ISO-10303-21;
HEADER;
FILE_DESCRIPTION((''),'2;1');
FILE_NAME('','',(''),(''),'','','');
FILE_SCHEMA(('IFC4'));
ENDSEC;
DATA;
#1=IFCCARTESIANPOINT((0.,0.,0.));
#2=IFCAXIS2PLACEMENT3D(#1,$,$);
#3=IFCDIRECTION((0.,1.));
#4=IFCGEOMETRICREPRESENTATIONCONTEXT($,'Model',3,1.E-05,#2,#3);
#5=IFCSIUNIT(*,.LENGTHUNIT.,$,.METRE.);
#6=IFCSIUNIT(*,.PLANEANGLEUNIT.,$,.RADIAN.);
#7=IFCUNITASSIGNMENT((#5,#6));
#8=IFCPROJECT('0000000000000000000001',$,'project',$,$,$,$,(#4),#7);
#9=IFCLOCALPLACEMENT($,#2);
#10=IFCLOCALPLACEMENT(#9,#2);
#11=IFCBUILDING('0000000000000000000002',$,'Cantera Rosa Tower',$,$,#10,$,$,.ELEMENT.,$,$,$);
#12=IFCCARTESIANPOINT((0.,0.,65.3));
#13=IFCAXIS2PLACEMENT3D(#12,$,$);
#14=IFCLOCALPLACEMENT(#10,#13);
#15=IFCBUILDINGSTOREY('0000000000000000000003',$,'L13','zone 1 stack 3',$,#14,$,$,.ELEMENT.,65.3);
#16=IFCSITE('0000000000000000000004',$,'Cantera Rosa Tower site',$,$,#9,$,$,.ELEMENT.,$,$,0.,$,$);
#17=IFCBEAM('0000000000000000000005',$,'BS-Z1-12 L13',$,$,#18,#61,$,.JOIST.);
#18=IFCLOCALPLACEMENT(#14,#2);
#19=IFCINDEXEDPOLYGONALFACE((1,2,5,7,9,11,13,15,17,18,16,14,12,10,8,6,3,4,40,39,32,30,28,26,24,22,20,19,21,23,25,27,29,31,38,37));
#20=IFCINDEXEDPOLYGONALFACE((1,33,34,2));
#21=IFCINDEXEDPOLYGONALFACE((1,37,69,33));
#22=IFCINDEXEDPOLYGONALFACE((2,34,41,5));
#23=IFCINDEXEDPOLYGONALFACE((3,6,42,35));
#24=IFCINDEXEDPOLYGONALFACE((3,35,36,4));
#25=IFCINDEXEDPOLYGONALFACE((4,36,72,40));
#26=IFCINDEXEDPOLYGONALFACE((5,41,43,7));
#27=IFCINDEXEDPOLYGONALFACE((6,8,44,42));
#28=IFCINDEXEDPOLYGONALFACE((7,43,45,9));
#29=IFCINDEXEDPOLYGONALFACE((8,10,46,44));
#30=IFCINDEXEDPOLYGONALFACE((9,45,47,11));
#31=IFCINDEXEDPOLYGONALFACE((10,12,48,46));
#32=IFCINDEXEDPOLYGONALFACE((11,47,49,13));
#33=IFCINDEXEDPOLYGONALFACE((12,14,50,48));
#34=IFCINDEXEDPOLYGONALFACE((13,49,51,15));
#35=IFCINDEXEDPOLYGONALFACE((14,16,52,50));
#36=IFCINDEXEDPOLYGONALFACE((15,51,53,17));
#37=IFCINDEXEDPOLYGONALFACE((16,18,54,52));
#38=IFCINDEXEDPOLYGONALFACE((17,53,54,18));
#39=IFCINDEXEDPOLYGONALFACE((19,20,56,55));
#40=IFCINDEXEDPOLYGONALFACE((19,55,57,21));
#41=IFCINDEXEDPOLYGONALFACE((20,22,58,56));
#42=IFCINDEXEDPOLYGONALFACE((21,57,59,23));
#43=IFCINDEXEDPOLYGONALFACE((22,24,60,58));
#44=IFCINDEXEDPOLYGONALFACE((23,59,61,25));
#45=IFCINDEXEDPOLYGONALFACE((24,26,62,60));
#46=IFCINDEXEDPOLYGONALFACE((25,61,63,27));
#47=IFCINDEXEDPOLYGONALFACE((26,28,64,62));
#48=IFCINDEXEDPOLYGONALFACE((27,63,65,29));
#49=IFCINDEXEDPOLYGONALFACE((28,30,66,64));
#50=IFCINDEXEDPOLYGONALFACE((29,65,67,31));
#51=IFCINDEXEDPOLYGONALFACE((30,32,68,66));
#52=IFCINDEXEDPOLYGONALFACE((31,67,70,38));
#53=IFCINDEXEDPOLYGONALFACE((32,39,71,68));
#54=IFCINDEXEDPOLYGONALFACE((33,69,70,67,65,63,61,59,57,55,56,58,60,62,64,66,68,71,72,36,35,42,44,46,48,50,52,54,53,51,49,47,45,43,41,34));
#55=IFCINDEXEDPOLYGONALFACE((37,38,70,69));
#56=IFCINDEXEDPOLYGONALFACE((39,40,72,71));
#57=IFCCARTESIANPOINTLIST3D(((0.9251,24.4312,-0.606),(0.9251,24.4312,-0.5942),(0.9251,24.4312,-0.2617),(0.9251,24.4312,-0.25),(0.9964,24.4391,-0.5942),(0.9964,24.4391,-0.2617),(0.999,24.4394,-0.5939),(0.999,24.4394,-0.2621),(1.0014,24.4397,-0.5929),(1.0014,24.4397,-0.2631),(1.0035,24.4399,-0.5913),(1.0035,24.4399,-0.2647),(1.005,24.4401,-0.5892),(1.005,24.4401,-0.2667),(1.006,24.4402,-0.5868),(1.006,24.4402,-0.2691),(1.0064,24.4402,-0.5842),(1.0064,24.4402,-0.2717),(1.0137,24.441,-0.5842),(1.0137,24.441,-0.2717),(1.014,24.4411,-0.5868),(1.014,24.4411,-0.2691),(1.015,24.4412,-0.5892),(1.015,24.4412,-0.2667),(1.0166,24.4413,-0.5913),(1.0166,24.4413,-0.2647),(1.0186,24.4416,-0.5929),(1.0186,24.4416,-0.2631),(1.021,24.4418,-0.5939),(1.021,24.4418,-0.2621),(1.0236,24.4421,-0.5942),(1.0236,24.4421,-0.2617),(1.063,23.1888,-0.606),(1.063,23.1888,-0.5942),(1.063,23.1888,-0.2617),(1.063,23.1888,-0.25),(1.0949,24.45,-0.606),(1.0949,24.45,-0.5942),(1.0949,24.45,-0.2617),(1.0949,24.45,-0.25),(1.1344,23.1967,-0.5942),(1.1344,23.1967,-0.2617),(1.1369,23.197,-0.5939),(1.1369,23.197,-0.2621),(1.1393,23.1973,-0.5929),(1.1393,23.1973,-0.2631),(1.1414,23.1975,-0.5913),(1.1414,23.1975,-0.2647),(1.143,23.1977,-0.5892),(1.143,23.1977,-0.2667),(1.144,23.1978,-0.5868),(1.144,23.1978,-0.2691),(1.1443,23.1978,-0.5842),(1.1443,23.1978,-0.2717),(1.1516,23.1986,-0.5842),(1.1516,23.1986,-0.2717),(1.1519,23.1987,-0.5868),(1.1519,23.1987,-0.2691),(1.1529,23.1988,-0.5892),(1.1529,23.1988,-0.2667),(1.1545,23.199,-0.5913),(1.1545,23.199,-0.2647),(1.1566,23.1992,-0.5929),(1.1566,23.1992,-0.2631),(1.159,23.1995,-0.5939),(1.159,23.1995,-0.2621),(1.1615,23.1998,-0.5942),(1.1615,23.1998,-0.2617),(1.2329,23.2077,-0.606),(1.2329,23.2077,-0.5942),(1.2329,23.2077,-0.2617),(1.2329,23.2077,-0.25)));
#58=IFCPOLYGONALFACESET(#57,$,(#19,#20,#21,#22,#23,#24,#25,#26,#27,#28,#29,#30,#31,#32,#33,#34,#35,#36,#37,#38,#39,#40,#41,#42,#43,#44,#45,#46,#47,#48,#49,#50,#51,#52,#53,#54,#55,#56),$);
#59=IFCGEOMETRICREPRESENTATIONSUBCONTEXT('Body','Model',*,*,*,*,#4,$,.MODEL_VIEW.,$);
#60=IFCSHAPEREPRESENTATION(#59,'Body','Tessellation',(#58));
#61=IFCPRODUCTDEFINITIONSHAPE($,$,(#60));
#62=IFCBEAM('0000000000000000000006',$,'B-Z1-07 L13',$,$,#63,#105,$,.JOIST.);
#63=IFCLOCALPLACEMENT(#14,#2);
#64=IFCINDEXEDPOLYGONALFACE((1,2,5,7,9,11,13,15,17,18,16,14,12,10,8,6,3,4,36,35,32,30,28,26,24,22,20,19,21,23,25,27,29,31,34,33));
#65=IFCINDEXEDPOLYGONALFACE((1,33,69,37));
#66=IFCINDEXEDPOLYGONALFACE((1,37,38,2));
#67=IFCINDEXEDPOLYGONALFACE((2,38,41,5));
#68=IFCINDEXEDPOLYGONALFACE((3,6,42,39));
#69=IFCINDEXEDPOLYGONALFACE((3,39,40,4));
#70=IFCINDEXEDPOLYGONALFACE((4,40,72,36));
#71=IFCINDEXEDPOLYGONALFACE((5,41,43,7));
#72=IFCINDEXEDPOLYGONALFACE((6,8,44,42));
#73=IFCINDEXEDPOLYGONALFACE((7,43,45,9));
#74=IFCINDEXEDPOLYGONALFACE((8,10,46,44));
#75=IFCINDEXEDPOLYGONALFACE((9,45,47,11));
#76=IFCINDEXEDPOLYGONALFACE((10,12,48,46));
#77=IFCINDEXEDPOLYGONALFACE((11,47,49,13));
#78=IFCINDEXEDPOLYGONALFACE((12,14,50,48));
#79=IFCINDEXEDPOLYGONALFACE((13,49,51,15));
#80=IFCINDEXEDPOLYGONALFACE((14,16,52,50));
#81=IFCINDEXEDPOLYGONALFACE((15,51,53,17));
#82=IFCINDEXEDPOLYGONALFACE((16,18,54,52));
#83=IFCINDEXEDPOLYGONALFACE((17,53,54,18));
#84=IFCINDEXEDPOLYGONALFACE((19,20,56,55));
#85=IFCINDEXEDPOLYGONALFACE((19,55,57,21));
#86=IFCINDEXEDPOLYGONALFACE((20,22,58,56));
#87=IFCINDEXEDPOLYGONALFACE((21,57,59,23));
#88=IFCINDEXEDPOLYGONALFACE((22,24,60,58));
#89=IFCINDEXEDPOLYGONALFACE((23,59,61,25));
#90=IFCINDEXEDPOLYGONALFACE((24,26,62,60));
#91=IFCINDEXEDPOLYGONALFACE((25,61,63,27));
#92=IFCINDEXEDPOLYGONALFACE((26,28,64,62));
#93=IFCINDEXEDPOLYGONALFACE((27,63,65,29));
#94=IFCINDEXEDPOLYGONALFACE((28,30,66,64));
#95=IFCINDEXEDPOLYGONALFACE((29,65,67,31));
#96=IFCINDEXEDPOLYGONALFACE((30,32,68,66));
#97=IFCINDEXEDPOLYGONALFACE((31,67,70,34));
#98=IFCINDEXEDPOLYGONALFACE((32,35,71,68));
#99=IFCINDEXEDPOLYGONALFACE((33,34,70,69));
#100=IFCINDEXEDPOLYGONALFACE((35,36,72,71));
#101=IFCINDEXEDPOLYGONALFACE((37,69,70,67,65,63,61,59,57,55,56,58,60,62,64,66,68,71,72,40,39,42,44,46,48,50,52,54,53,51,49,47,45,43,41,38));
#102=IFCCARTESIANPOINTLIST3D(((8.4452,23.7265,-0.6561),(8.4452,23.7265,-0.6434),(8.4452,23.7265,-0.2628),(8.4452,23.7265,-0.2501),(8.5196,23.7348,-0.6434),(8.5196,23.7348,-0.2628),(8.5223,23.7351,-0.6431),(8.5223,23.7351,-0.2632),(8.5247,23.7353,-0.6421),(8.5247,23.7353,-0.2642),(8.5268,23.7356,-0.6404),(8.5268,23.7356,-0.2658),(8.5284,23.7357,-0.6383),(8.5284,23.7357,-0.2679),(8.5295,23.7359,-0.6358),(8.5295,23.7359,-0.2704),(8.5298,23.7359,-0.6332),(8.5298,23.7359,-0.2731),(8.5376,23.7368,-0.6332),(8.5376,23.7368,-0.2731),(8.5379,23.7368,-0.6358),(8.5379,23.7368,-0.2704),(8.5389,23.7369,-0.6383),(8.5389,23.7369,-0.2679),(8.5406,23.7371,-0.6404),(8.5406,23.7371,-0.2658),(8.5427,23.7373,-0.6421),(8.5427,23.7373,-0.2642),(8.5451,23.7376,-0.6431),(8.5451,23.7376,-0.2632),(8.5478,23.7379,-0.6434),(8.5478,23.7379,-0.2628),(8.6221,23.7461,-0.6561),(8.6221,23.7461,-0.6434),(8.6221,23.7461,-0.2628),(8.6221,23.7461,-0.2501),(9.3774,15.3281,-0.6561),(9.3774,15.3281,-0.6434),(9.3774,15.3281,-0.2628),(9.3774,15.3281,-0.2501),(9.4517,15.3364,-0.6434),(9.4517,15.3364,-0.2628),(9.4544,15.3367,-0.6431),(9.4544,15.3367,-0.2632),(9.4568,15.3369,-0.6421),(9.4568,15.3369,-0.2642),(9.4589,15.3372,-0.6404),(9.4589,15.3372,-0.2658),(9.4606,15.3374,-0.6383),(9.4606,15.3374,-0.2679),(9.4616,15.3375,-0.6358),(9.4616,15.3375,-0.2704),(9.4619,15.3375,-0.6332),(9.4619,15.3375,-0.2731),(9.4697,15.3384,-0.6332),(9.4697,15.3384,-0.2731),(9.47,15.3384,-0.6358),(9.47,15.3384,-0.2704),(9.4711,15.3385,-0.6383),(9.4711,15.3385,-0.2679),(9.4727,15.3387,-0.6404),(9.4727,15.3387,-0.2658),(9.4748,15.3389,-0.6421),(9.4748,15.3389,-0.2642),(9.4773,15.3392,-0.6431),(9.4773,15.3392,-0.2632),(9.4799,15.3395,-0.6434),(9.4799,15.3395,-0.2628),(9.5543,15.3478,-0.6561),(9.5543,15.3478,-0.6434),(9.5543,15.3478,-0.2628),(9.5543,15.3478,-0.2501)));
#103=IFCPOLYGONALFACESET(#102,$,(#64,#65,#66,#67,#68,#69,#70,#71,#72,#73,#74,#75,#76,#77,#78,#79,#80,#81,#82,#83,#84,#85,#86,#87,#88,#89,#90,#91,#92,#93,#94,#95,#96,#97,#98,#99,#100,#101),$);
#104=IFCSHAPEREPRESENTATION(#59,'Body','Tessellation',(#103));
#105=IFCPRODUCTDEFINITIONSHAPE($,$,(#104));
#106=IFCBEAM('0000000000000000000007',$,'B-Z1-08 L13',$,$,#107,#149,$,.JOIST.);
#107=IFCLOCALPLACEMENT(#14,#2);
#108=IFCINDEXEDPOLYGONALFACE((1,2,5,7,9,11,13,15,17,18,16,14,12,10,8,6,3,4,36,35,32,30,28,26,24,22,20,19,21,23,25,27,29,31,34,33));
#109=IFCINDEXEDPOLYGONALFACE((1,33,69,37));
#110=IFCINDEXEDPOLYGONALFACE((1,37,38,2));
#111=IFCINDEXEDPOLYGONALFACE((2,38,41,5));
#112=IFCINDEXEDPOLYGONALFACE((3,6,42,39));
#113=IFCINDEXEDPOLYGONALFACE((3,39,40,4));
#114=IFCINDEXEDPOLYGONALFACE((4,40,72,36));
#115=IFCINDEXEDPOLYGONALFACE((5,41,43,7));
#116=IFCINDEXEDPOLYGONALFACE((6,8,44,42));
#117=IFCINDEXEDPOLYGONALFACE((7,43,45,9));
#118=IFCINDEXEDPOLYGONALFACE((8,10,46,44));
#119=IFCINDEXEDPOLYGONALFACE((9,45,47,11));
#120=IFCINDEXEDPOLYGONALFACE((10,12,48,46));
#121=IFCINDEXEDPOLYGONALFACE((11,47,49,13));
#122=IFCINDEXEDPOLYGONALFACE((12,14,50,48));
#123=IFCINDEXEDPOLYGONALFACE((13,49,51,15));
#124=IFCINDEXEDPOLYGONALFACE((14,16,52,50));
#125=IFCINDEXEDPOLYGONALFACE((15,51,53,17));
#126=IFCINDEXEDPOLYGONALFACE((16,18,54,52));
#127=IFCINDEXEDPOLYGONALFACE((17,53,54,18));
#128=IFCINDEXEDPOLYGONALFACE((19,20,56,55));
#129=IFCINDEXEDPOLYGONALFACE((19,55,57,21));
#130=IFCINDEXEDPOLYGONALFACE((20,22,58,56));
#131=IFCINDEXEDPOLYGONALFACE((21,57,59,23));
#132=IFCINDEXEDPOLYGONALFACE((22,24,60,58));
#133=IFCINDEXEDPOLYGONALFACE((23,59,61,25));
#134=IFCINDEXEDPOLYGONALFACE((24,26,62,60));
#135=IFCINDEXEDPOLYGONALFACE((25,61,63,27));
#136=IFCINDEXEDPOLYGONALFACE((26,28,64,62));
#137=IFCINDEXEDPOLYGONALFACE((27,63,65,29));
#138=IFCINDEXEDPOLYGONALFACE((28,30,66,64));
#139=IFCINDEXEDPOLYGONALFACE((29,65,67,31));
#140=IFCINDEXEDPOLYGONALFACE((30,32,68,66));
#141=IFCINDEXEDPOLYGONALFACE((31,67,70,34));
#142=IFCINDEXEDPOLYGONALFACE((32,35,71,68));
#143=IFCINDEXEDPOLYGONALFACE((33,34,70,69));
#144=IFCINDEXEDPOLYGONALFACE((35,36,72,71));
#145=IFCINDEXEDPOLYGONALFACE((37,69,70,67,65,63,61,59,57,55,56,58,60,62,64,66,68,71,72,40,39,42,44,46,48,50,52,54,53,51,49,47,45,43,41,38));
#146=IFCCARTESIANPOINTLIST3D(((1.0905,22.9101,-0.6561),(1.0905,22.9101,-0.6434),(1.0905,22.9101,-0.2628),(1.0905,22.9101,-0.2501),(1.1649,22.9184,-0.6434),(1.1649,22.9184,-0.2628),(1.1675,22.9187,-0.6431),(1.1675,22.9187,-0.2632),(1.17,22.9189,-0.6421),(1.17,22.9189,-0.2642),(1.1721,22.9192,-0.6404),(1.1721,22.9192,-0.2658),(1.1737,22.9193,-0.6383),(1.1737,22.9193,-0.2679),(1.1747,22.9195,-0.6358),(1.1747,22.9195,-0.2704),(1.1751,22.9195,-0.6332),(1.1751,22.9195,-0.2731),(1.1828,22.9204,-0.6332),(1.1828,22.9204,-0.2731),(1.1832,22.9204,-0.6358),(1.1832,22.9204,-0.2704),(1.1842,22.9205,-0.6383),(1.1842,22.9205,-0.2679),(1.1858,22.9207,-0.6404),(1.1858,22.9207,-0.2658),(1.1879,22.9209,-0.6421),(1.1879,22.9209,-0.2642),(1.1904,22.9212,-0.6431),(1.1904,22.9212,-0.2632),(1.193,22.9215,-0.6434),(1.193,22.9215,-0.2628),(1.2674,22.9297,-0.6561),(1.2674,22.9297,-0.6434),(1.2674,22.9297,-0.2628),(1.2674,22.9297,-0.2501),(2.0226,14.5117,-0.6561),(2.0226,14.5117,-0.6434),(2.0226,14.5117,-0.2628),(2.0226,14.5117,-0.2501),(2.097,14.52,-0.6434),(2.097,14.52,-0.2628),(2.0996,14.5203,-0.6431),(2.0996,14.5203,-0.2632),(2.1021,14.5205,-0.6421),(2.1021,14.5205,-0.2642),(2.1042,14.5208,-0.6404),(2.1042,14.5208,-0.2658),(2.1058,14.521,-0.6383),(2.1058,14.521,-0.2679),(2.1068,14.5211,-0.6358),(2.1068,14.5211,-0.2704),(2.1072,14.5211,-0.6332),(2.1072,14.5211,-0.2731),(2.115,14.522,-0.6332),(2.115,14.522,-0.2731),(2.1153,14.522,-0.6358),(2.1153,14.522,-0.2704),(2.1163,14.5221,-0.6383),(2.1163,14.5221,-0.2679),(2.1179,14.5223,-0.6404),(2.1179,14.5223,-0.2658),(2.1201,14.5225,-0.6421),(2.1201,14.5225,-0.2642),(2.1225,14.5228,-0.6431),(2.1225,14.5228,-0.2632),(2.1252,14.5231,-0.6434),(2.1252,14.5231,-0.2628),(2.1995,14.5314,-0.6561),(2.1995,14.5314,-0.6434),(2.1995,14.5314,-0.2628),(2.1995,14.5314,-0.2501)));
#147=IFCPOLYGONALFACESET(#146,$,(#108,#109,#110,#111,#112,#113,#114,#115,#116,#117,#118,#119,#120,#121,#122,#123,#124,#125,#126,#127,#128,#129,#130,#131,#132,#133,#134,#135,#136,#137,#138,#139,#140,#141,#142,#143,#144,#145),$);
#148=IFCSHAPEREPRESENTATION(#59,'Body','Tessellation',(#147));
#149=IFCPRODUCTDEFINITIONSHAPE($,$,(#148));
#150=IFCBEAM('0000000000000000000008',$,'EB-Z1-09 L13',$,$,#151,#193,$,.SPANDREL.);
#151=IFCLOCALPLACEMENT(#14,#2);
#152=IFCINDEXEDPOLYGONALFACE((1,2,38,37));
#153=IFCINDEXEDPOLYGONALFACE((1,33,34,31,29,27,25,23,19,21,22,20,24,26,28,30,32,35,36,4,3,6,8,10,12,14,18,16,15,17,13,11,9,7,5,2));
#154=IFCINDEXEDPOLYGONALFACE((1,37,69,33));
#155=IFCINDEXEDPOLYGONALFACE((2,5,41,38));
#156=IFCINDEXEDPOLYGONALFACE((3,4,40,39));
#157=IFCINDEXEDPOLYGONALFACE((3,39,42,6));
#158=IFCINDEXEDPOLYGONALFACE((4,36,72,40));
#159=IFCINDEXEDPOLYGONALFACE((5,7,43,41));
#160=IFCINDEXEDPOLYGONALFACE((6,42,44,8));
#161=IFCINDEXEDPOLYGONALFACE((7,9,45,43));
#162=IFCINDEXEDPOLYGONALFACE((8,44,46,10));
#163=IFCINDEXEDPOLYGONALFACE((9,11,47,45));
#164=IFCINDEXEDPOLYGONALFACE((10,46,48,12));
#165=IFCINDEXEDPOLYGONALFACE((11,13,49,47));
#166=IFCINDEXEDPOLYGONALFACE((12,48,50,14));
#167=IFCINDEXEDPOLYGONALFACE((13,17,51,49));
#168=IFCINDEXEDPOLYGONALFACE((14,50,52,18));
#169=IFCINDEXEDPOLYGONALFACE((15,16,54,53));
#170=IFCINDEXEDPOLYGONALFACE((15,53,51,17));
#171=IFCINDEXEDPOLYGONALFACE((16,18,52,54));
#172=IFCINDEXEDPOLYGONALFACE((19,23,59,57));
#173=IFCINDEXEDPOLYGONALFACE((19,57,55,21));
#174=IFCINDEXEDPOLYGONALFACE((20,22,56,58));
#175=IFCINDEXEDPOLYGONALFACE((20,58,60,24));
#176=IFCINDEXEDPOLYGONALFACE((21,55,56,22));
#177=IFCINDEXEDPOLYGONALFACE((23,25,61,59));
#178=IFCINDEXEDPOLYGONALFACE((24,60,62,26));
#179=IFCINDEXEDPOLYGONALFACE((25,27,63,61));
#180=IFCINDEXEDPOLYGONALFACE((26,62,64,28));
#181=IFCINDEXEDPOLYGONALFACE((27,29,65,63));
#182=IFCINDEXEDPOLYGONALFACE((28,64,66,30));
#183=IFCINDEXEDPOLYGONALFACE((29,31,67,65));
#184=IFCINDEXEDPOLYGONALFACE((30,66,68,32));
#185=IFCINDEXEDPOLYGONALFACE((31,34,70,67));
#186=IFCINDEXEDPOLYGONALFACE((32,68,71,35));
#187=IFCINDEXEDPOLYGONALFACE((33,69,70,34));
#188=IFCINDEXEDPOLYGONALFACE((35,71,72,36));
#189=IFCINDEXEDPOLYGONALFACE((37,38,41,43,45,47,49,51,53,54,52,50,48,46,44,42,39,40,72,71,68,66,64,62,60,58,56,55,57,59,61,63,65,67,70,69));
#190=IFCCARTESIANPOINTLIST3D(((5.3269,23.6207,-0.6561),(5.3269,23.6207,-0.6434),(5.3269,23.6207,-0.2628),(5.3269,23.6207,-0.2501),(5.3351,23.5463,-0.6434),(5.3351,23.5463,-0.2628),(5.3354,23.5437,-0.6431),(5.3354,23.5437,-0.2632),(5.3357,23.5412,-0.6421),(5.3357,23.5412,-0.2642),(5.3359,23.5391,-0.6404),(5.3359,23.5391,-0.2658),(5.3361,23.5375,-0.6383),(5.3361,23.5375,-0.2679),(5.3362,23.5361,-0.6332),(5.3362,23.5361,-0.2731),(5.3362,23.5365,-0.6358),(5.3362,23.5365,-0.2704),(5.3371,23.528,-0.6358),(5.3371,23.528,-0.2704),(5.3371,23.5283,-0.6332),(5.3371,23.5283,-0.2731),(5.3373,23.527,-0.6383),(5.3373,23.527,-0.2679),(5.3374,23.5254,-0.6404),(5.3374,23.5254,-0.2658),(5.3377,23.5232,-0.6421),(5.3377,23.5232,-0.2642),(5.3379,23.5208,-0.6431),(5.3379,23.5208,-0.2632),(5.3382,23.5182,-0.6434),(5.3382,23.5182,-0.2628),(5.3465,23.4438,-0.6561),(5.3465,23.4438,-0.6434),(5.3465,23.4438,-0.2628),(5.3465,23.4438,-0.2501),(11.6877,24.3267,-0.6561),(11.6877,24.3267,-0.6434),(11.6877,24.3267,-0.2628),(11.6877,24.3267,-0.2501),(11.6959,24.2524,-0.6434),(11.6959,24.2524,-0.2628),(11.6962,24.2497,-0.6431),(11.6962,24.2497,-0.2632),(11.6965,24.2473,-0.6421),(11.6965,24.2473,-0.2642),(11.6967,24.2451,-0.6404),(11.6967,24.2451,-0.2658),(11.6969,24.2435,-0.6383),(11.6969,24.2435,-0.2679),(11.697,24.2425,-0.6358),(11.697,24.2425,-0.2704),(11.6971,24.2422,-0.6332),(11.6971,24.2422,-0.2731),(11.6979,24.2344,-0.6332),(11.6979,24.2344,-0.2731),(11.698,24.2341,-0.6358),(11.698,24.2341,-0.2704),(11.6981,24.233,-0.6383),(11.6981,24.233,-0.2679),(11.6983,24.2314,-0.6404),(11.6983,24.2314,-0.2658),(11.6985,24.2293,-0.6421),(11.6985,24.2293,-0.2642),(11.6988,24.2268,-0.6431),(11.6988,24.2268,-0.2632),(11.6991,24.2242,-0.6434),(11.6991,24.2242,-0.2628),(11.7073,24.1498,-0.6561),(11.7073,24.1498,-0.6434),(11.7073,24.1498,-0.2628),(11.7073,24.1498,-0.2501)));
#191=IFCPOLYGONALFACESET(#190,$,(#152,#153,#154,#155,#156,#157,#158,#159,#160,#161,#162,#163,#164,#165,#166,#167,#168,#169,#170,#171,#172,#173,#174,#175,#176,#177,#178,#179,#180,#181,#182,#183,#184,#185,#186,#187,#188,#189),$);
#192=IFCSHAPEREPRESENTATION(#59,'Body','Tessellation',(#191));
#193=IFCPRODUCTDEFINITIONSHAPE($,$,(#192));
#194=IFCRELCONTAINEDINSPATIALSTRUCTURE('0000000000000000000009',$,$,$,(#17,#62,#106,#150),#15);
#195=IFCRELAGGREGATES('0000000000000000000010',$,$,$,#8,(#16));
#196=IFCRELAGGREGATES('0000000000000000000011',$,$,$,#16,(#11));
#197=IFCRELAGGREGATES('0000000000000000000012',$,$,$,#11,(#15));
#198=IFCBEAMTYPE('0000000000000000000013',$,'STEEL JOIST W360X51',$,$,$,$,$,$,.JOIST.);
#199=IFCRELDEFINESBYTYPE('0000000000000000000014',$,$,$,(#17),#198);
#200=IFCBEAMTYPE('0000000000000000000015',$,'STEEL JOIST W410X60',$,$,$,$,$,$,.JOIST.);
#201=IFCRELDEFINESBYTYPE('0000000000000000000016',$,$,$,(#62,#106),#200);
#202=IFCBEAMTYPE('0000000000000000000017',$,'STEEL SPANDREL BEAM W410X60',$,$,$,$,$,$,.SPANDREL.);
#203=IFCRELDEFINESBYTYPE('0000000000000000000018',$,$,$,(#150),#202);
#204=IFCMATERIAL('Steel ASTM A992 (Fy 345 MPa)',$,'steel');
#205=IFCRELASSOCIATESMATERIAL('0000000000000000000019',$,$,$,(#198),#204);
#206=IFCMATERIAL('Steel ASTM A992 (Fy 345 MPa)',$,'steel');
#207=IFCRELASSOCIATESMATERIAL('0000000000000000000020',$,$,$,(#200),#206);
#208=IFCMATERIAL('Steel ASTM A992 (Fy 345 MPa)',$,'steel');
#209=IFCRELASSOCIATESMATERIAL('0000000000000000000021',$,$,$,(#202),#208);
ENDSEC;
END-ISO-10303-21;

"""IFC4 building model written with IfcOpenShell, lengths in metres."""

from ifc_helpers import new_model, si_unit, direction, frame, origin, origin_2d, place, context, subcontext, project, spatial, i_section, extrude, material, material_profile, profile_set, type_object, element, save


model = new_model("IFC4")

# Units and contexts
model_context = context("Model", 3, precision=1e-05, world=origin(), true_north=direction((0.0, 1.0)))
body_context = subcontext(model_context, "Body", "Model", "MODEL_VIEW")
ifc_project = project(units=[si_unit("LENGTHUNIT", "METRE"), si_unit("PLANEANGLEUNIT", "RADIAN")], contexts=[model_context])

# Site, building, storey
site_placement = place(None, origin())
site = spatial("IfcSite", under=ifc_project, at=site_placement, Name="Cantera Rosa Tower site", CompositionType="ELEMENT", RefElevation=0.0)
building_placement = place(site_placement, origin())
building = spatial("IfcBuilding", under=site, at=building_placement, Name="Cantera Rosa Tower", CompositionType="ELEMENT")
storey_placement = place(building_placement, frame((0.0, 0.0, 65.3)))
storey = spatial("IfcBuildingStorey", under=building, at=storey_placement, Name="L13", Description="zone 1 stack 3", CompositionType="ELEMENT", Elevation=65.3)

# Beams
ifc_material_1 = material(Name="Steel ASTM A992 (Fy 345 MPa)", Category="steel")
ifc_material_profile_1 = material_profile(ifc_material_1, i_section(OverallWidth=0.1709, OverallDepth=0.356, WebThickness=0.0073, FlangeThickness=0.0117, FilletRadius=0.01, at=origin_2d()), Name="W360X51")
ifc_profile_set_1 = profile_set([ifc_material_profile_1], Name="Steel ASTM A992 (Fy 345 MPa)")
beam_type_1 = type_object("IfcBeamType", Name="STEEL JOIST W360X51", PredefinedType="JOIST", material=ifc_profile_set_1)
beam_1_placement = place(storey_placement, frame((1.1479, 23.1982, -0.428), z_axis=(-0.110346, 0.993893, 0.0), x_axis=(-0.993893, -0.110346, 0.0)))
element("IfcBeam", 1, at=beam_1_placement, inside=storey, type_object=beam_type_1, Name="BS-Z1-12 L13", PredefinedType="JOIST", context=body_context, shape_type="SweptSolid", body=[
    extrude(i_section(OverallWidth=0.1709, OverallDepth=0.356, WebThickness=0.0073, FlangeThickness=0.0117, FilletRadius=0.01, at=origin_2d()), origin(), (0.0, 0.0, 1.0), 1.25),
])
ifc_material_2 = material(Name="Steel ASTM A992 (Fy 345 MPa)", Category="steel")
ifc_material_profile_2 = material_profile(ifc_material_2, i_section(OverallWidth=0.178, OverallDepth=0.406, WebThickness=0.0078, FlangeThickness=0.0127, FilletRadius=0.0103, at=origin_2d()), Name="W410X60")
ifc_profile_set_2 = profile_set([ifc_material_profile_2], Name="Steel ASTM A992 (Fy 345 MPa)")
beam_type_2 = type_object("IfcBeamType", Name="STEEL JOIST W410X60", PredefinedType="JOIST", material=ifc_profile_set_2)
for number, where, z_axis, x_axis, name in (
    (2, (8.5337, 23.7363, -0.4531), (0.110311, -0.993897, 0.0), (0.993897, 0.110311, 0.0), "B-Z1-07 L13"),
    (3, (1.179, 22.9199, -0.4531), (0.110311, -0.993897, 0.0), (0.993897, 0.110311, 0.0), "B-Z1-08 L13"),
):
    element("IfcBeam", number, at=place(storey_placement, frame(where, z_axis=z_axis, x_axis=x_axis)), inside=storey, type_object=beam_type_2, Name=name, PredefinedType="JOIST", context=body_context, shape_type="SweptSolid", body=[
        extrude(i_section(OverallWidth=0.178, OverallDepth=0.406, WebThickness=0.0078, FlangeThickness=0.0127, FilletRadius=0.0103, at=origin_2d()), origin(), (0.0, 0.0, 1.0), 8.45),
    ])
ifc_material_3 = material(Name="Steel ASTM A992 (Fy 345 MPa)", Category="steel")
ifc_material_profile_3 = material_profile(ifc_material_3, i_section(OverallWidth=0.178, OverallDepth=0.406, WebThickness=0.0078, FlangeThickness=0.0127, FilletRadius=0.0103, at=origin_2d()), Name="W410X60")
ifc_profile_set_3 = profile_set([ifc_material_profile_3], Name="Steel ASTM A992 (Fy 345 MPa)")
beam_type_3 = type_object("IfcBeamType", Name="STEEL SPANDREL BEAM W410X60", PredefinedType="SPANDREL", material=ifc_profile_set_3)
for number, where, z_axis, x_axis, name in (
    (4, (11.6975, 24.2383, -0.4531), (-0.993896, -0.110323, 0.0), (0.110323, -0.993896, 0.0), "EB-Z1-09 L13"),
):
    element("IfcBeam", number, at=place(storey_placement, frame(where, z_axis=z_axis, x_axis=x_axis)), inside=storey, type_object=beam_type_3, Name=name, PredefinedType="SPANDREL", context=body_context, shape_type="SweptSolid", body=[
        extrude(i_section(OverallWidth=0.178, OverallDepth=0.406, WebThickness=0.0078, FlangeThickness=0.0127, FilletRadius=0.0103, at=origin_2d()), origin(), (0.0, 0.0, 1.0), 6.3999),
    ])

save(model, "model.ifc")
